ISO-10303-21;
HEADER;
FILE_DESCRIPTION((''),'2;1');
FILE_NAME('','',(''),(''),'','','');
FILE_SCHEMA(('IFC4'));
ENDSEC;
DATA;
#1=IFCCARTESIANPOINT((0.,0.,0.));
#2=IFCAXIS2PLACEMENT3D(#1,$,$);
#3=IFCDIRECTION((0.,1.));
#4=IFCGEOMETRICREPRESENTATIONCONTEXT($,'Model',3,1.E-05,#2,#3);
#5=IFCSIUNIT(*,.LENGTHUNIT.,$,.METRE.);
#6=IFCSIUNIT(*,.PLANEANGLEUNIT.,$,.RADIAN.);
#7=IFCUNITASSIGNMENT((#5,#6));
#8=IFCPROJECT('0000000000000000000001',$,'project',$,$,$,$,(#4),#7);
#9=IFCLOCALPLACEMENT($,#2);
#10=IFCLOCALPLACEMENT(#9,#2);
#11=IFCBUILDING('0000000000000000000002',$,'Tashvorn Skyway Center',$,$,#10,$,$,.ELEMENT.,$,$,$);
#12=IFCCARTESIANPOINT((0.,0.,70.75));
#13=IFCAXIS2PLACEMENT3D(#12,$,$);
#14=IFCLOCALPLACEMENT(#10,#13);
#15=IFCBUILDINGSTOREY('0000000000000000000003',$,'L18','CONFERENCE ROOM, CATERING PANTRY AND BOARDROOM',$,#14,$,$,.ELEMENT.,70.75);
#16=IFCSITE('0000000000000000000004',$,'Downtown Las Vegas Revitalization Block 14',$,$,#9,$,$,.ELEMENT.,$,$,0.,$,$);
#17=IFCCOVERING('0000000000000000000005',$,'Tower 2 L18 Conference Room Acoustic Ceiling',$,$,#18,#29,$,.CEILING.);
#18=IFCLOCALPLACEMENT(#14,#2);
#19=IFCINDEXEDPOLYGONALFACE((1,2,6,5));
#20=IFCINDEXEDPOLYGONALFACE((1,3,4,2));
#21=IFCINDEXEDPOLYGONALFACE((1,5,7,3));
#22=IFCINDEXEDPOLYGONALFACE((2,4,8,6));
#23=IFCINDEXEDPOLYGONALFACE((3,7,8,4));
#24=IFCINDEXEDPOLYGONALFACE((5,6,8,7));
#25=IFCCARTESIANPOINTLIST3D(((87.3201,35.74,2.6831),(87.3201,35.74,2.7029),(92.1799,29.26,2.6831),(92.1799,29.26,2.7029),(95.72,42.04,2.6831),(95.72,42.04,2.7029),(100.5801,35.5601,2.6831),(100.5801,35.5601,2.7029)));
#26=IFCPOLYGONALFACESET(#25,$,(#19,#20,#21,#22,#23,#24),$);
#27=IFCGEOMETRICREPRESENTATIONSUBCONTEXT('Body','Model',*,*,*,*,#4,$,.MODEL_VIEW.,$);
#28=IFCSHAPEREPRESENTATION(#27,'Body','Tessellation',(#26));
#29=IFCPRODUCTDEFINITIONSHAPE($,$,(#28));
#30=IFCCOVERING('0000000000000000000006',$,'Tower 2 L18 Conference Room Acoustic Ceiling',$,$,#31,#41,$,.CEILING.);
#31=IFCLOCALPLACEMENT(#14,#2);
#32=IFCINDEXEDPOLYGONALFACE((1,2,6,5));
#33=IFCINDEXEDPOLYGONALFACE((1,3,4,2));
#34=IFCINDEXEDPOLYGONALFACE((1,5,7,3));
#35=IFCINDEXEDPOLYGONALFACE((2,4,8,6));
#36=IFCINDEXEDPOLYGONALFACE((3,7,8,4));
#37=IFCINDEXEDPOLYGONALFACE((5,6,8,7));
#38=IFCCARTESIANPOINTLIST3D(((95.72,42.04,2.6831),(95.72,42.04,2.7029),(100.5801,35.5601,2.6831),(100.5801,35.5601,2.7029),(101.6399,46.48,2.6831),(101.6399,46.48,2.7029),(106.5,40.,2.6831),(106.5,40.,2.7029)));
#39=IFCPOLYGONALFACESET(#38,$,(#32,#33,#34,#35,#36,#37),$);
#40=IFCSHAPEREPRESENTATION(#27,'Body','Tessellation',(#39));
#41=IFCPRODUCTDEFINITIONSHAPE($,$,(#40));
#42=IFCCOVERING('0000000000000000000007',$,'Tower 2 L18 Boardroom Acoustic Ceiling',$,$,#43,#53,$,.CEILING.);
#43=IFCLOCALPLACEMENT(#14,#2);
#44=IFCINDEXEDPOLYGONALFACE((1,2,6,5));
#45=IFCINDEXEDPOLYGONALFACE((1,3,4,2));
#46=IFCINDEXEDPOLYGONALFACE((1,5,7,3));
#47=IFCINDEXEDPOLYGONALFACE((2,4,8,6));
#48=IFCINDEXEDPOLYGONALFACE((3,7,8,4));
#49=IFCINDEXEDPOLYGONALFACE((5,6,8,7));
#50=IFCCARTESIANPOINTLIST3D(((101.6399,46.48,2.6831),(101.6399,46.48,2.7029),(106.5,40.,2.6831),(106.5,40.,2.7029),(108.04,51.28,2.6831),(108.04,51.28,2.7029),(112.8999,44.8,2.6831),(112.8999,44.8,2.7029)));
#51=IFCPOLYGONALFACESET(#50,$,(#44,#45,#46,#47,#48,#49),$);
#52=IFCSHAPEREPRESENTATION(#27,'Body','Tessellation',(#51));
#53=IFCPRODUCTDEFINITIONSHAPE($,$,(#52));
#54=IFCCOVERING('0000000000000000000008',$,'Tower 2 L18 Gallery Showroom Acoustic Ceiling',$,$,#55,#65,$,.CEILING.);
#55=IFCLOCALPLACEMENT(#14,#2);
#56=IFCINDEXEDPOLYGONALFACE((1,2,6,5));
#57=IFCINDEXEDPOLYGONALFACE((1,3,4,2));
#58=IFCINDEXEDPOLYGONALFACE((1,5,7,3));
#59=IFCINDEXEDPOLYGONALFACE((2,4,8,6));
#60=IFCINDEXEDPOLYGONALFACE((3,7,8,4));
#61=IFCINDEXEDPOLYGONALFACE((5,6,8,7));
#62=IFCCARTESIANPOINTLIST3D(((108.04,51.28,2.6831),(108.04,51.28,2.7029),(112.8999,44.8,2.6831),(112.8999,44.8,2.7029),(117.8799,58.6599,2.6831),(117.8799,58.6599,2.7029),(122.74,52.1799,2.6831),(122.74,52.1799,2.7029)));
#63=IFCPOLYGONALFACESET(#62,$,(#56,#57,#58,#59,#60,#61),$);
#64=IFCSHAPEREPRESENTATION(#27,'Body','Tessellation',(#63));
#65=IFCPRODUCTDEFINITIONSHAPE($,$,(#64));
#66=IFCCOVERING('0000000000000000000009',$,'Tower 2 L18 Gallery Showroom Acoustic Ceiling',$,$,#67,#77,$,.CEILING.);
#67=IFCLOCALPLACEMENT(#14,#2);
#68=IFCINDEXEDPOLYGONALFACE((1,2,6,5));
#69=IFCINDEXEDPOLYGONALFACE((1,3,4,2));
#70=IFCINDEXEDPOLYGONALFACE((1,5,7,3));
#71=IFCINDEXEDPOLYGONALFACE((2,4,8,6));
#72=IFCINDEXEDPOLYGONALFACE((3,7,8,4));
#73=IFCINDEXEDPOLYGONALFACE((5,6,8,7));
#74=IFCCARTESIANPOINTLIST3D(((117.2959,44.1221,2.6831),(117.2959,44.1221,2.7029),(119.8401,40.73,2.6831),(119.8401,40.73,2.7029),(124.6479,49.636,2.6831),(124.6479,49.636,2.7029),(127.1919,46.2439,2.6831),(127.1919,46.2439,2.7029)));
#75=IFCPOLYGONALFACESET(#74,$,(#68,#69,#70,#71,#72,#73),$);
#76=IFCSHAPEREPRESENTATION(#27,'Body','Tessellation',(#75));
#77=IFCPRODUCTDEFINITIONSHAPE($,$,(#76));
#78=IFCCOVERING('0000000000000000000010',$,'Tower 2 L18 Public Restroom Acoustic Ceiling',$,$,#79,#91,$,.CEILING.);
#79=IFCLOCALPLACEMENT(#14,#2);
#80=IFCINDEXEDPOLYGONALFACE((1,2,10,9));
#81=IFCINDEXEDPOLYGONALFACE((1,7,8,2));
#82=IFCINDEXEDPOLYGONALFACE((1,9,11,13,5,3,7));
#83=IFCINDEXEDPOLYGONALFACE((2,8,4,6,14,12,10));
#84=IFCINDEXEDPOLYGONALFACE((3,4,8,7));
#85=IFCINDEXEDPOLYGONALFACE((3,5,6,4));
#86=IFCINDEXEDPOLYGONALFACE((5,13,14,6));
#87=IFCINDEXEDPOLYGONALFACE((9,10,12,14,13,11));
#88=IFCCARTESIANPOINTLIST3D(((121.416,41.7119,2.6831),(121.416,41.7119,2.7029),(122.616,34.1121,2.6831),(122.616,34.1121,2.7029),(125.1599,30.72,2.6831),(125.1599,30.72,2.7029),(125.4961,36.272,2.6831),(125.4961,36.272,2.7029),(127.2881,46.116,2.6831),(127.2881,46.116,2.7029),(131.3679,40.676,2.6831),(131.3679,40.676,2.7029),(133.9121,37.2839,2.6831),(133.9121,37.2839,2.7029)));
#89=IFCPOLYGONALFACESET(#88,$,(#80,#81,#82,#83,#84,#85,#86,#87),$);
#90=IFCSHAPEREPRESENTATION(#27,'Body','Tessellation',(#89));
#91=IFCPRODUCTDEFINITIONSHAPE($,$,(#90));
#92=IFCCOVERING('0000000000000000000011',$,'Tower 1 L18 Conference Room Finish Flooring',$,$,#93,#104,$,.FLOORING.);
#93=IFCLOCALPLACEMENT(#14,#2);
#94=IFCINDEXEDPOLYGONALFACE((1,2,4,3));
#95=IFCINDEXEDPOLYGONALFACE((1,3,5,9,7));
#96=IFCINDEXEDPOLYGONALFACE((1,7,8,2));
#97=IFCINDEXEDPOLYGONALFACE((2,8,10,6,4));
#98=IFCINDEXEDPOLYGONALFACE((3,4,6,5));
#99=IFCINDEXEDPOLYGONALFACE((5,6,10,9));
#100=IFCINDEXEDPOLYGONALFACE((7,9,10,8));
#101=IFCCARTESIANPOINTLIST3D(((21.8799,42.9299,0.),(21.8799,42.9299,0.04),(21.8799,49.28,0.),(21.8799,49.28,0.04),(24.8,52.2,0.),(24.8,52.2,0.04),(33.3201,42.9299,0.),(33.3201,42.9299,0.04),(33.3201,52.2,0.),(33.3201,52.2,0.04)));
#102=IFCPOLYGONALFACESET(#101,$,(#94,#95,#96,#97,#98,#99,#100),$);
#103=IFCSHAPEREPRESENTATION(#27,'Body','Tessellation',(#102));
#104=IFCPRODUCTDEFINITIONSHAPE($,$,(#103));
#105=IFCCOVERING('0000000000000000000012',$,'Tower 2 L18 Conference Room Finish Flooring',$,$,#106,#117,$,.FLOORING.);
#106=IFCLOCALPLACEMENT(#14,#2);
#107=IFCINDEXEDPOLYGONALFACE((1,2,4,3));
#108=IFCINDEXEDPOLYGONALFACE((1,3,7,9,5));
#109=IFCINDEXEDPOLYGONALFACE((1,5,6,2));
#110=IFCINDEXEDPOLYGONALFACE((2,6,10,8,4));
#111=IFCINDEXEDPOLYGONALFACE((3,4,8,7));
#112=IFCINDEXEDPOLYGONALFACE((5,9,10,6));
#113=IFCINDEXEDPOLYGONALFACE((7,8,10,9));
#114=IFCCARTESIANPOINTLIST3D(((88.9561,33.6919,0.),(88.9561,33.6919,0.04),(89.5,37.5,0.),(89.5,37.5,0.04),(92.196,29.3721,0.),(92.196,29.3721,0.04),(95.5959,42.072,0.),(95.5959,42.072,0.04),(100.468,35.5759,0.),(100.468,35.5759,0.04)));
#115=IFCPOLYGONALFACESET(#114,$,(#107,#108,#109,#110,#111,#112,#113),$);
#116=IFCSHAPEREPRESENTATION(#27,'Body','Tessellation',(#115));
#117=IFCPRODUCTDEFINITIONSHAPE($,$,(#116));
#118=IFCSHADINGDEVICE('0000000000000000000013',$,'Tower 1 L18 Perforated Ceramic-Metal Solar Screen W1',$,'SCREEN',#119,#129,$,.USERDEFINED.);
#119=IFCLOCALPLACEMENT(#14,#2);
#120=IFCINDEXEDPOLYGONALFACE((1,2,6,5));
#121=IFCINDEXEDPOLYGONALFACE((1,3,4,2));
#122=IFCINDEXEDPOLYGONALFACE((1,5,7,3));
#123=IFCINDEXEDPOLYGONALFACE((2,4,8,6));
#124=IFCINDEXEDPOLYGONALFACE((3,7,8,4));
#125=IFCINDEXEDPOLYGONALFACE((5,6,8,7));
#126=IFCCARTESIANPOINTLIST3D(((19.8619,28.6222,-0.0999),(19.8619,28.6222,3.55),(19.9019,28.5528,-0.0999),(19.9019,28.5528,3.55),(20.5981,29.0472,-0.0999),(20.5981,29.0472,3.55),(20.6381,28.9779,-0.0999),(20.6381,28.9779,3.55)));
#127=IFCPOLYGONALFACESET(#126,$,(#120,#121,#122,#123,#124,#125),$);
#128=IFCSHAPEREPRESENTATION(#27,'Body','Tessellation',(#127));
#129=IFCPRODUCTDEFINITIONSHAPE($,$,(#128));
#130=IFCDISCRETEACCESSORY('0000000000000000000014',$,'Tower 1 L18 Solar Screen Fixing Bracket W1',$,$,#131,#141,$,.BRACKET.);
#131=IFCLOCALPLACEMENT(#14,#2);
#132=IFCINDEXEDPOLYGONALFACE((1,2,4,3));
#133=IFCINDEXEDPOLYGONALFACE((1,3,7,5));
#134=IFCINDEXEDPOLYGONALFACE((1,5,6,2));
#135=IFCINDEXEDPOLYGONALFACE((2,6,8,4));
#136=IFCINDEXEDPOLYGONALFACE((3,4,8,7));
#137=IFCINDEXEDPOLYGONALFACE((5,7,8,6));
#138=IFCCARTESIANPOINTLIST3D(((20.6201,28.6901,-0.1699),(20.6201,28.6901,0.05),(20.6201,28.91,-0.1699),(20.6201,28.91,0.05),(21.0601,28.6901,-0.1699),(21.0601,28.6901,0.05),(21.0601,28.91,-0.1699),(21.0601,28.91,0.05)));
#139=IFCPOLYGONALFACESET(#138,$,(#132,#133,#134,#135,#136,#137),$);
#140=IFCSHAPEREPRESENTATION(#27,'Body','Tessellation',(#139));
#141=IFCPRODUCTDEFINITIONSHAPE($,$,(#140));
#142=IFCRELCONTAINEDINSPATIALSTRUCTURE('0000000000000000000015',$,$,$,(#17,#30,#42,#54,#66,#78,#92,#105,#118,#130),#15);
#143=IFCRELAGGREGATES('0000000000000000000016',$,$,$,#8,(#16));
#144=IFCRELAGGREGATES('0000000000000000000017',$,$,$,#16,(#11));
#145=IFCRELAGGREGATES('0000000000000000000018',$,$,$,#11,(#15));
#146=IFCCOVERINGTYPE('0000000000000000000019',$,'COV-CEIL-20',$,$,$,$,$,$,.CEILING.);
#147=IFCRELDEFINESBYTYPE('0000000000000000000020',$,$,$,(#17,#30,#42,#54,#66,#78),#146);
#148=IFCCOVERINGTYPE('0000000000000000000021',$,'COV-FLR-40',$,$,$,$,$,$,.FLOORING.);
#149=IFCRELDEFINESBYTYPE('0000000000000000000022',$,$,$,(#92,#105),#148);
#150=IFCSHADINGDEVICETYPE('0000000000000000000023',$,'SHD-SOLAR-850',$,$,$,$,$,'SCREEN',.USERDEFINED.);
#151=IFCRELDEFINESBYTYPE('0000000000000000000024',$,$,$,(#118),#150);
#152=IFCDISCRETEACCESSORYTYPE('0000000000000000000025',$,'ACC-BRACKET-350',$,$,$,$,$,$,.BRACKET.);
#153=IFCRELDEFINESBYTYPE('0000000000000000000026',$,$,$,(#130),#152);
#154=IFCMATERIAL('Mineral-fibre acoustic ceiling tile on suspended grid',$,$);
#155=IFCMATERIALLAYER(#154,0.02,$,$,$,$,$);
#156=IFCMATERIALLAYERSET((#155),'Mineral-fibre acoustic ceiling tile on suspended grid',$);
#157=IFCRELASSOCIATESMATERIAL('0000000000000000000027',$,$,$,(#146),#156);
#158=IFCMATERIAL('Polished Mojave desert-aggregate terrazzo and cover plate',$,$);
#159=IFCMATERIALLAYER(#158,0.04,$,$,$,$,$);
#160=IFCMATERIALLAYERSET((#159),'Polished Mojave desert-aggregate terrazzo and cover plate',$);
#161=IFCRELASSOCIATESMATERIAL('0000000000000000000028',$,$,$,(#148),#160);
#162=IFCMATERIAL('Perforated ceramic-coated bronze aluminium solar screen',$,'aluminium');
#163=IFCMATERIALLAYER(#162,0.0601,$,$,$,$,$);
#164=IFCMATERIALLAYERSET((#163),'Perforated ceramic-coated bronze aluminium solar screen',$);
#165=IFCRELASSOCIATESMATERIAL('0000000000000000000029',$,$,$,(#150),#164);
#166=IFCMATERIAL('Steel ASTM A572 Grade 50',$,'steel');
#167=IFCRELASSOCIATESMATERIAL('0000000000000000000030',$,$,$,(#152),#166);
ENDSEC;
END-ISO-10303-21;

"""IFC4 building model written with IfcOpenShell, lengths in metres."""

from ifc_helpers import new_model, si_unit, direction, frame, origin, origin_2d, place, context, subcontext, project, spatial, polyline, rectangle, outline, extrude, material, layer, layer_set, type_object, element, save


model = new_model("IFC4")

# Units and contexts
model_context = context("Model", 3, precision=1e-05, world=origin(), true_north=direction((0.0, 1.0)))
body_context = subcontext(model_context, "Body", "Model", "MODEL_VIEW")
ifc_project = project(units=[si_unit("LENGTHUNIT", "METRE"), si_unit("PLANEANGLEUNIT", "RADIAN")], contexts=[model_context])

# Site, building, storey
site_placement = place(None, origin())
site = spatial("IfcSite", under=ifc_project, at=site_placement, Name="Downtown Las Vegas Revitalization Block 14", CompositionType="ELEMENT", RefElevation=0.0)
building_placement = place(site_placement, origin())
building = spatial("IfcBuilding", under=site, at=building_placement, Name="Tashvorn Skyway Center", CompositionType="ELEMENT")
storey_placement = place(building_placement, frame((0.0, 0.0, 70.75)))
storey = spatial("IfcBuildingStorey", under=building, at=storey_placement, Name="L18", Description="CONFERENCE ROOM, CATERING PANTRY AND BOARDROOM", CompositionType="ELEMENT", Elevation=70.75)

# Coverings
ifc_material_1 = material(Name="Mineral-fibre acoustic ceiling tile on suspended grid")
ifc_layer_1 = layer(ifc_material_1, 0.02)
ifc_layer_set_1 = layer_set([ifc_layer_1], Name="Mineral-fibre acoustic ceiling tile on suspended grid")
covering_type_1 = type_object("IfcCoveringType", Name="COV-CEIL-20", PredefinedType="CEILING", material=ifc_layer_set_1)
covering_1_placement = place(storey_placement, frame((0.0, 0.0, 2.6831)))
element("IfcCovering", 1, at=covering_1_placement, inside=storey, type_object=covering_type_1, Name="Tower 2 L18 Conference Room Acoustic Ceiling", PredefinedType="CEILING", context=body_context, shape_type="SweptSolid", body=[
    extrude(outline(polyline([(92.1799, 29.26), (100.5801, 35.5601), (95.72, 42.04), (87.3201, 35.74), (92.1799, 29.26)])), origin(), (0.0, 0.0, 1.0), 0.0198),
])
covering_2_placement = place(storey_placement, frame((0.0, 0.0, 2.6831)))
element("IfcCovering", 2, at=covering_2_placement, inside=storey, type_object=covering_type_1, Name="Tower 2 L18 Conference Room Acoustic Ceiling", PredefinedType="CEILING", context=body_context, shape_type="SweptSolid", body=[
    extrude(outline(polyline([(100.5801, 35.5601), (106.5, 40.0), (101.6399, 46.48), (95.72, 42.04), (100.5801, 35.5601)])), origin(), (0.0, 0.0, 1.0), 0.0198),
])
covering_3_placement = place(storey_placement, frame((0.0, 0.0, 2.6831)))
element("IfcCovering", 3, at=covering_3_placement, inside=storey, type_object=covering_type_1, Name="Tower 2 L18 Boardroom Acoustic Ceiling", PredefinedType="CEILING", context=body_context, shape_type="SweptSolid", body=[
    extrude(outline(polyline([(106.5, 40.0), (112.8999, 44.8), (108.04, 51.28), (101.6399, 46.48), (106.5, 40.0)])), origin(), (0.0, 0.0, 1.0), 0.0198),
])
covering_4_placement = place(storey_placement, frame((0.0, 0.0, 2.6831)))
element("IfcCovering", 4, at=covering_4_placement, inside=storey, type_object=covering_type_1, Name="Tower 2 L18 Gallery Showroom Acoustic Ceiling", PredefinedType="CEILING", context=body_context, shape_type="SweptSolid", body=[
    extrude(outline(polyline([(112.8999, 44.8), (122.74, 52.1799), (117.8799, 58.6599), (108.04, 51.28), (112.8999, 44.8)])), origin(), (0.0, 0.0, 1.0), 0.0198),
])
covering_5_placement = place(storey_placement, frame((0.0, 0.0, 2.6831)))
element("IfcCovering", 5, at=covering_5_placement, inside=storey, type_object=covering_type_1, Name="Tower 2 L18 Gallery Showroom Acoustic Ceiling", PredefinedType="CEILING", context=body_context, shape_type="SweptSolid", body=[
    extrude(outline(polyline([(119.8401, 40.73), (117.2959, 44.1221), (124.6479, 49.636), (127.1919, 46.2439), (119.8401, 40.73)])), origin(), (0.0, 0.0, 1.0), 0.0198),
])
covering_6_placement = place(storey_placement, frame((0.0, 0.0, 2.6831)))
element("IfcCovering", 6, at=covering_6_placement, inside=storey, type_object=covering_type_1, Name="Tower 2 L18 Public Restroom Acoustic Ceiling", PredefinedType="CEILING", context=body_context, shape_type="SweptSolid", body=[
    extrude(outline(polyline([(125.1599, 30.72), (122.616, 34.1121), (125.4961, 36.272), (121.416, 41.7119), (127.2881, 46.116), (131.3679, 40.676), (133.9121, 37.2839), (125.1599, 30.72)])), origin(), (0.0, 0.0, 1.0), 0.0198),
])
ifc_material_2 = material(Name="Polished Mojave desert-aggregate terrazzo and cover plate")
ifc_layer_2 = layer(ifc_material_2, 0.04)
ifc_layer_set_2 = layer_set([ifc_layer_2], Name="Polished Mojave desert-aggregate terrazzo and cover plate")
covering_type_2 = type_object("IfcCoveringType", Name="COV-FLR-40", PredefinedType="FLOORING", material=ifc_layer_set_2)
covering_7_placement = place(storey_placement, origin())
element("IfcCovering", 7, at=covering_7_placement, inside=storey, type_object=covering_type_2, Name="Tower 1 L18 Conference Room Finish Flooring", PredefinedType="FLOORING", context=body_context, shape_type="SweptSolid", body=[
    extrude(outline(polyline([(33.3201, 42.9299), (21.8799, 42.9299), (21.8799, 49.28), (24.8, 52.2), (33.3201, 52.2), (33.3201, 42.9299)])), origin(), (0.0, 0.0, 1.0), 0.04),
])
covering_8_placement = place(storey_placement, origin())
element("IfcCovering", 8, at=covering_8_placement, inside=storey, type_object=covering_type_2, Name="Tower 2 L18 Conference Room Finish Flooring", PredefinedType="FLOORING", context=body_context, shape_type="SweptSolid", body=[
    extrude(outline(polyline([(100.468, 35.5759), (92.196, 29.3721), (88.9561, 33.6919), (89.5, 37.5), (95.5959, 42.072), (100.468, 35.5759)])), origin(), (0.0, 0.0, 1.0), 0.04),
])

# Shading device
ifc_material_3 = material(Name="Perforated ceramic-coated bronze aluminium solar screen", Category="aluminium")
ifc_layer_3 = layer(ifc_material_3, 0.0601)
ifc_layer_set_3 = layer_set([ifc_layer_3], Name="Perforated ceramic-coated bronze aluminium solar screen")
shading_device_type = type_object("IfcShadingDeviceType", Name="SHD-SOLAR-850", ElementType="SCREEN", PredefinedType="USERDEFINED", material=ifc_layer_set_3)
shading_device_placement = place(storey_placement, frame((20.25, 28.8, -0.0999), z_axis=(0.0, 0.0, 1.0), x_axis=(-0.5, 0.866025, 0.0)))
element("IfcShadingDevice", 9, at=shading_device_placement, inside=storey, type_object=shading_device_type, Name="Tower 1 L18 Perforated Ceramic-Metal Solar Screen W1", ObjectType="SCREEN", PredefinedType="USERDEFINED", context=body_context, shape_type="SweptSolid", body=[
    extrude(rectangle(XDim=0.0801, YDim=0.8501, at=origin_2d()), origin(), (0.0, 0.0, 1.0), 3.6499),
])

# Discrete accessory
ifc_material_4 = material(Name="Steel ASTM A572 Grade 50", Category="steel")
discrete_accessory_type = type_object("IfcDiscreteAccessoryType", Name="ACC-BRACKET-350", PredefinedType="BRACKET", material=ifc_material_4)
discrete_accessory_placement = place(storey_placement, frame((20.8401, 28.8, -0.1699), z_axis=(0.0, 0.0, 1.0), x_axis=(0.0, 1.0, 0.0)))
element("IfcDiscreteAccessory", 10, at=discrete_accessory_placement, inside=storey, type_object=discrete_accessory_type, Name="Tower 1 L18 Solar Screen Fixing Bracket W1", PredefinedType="BRACKET", context=body_context, shape_type="SweptSolid", body=[
    extrude(rectangle(XDim=0.22, YDim=0.4399, at=origin_2d()), origin(), (0.0, 0.0, 1.0), 0.22),
])

save(model, "model.ifc")
